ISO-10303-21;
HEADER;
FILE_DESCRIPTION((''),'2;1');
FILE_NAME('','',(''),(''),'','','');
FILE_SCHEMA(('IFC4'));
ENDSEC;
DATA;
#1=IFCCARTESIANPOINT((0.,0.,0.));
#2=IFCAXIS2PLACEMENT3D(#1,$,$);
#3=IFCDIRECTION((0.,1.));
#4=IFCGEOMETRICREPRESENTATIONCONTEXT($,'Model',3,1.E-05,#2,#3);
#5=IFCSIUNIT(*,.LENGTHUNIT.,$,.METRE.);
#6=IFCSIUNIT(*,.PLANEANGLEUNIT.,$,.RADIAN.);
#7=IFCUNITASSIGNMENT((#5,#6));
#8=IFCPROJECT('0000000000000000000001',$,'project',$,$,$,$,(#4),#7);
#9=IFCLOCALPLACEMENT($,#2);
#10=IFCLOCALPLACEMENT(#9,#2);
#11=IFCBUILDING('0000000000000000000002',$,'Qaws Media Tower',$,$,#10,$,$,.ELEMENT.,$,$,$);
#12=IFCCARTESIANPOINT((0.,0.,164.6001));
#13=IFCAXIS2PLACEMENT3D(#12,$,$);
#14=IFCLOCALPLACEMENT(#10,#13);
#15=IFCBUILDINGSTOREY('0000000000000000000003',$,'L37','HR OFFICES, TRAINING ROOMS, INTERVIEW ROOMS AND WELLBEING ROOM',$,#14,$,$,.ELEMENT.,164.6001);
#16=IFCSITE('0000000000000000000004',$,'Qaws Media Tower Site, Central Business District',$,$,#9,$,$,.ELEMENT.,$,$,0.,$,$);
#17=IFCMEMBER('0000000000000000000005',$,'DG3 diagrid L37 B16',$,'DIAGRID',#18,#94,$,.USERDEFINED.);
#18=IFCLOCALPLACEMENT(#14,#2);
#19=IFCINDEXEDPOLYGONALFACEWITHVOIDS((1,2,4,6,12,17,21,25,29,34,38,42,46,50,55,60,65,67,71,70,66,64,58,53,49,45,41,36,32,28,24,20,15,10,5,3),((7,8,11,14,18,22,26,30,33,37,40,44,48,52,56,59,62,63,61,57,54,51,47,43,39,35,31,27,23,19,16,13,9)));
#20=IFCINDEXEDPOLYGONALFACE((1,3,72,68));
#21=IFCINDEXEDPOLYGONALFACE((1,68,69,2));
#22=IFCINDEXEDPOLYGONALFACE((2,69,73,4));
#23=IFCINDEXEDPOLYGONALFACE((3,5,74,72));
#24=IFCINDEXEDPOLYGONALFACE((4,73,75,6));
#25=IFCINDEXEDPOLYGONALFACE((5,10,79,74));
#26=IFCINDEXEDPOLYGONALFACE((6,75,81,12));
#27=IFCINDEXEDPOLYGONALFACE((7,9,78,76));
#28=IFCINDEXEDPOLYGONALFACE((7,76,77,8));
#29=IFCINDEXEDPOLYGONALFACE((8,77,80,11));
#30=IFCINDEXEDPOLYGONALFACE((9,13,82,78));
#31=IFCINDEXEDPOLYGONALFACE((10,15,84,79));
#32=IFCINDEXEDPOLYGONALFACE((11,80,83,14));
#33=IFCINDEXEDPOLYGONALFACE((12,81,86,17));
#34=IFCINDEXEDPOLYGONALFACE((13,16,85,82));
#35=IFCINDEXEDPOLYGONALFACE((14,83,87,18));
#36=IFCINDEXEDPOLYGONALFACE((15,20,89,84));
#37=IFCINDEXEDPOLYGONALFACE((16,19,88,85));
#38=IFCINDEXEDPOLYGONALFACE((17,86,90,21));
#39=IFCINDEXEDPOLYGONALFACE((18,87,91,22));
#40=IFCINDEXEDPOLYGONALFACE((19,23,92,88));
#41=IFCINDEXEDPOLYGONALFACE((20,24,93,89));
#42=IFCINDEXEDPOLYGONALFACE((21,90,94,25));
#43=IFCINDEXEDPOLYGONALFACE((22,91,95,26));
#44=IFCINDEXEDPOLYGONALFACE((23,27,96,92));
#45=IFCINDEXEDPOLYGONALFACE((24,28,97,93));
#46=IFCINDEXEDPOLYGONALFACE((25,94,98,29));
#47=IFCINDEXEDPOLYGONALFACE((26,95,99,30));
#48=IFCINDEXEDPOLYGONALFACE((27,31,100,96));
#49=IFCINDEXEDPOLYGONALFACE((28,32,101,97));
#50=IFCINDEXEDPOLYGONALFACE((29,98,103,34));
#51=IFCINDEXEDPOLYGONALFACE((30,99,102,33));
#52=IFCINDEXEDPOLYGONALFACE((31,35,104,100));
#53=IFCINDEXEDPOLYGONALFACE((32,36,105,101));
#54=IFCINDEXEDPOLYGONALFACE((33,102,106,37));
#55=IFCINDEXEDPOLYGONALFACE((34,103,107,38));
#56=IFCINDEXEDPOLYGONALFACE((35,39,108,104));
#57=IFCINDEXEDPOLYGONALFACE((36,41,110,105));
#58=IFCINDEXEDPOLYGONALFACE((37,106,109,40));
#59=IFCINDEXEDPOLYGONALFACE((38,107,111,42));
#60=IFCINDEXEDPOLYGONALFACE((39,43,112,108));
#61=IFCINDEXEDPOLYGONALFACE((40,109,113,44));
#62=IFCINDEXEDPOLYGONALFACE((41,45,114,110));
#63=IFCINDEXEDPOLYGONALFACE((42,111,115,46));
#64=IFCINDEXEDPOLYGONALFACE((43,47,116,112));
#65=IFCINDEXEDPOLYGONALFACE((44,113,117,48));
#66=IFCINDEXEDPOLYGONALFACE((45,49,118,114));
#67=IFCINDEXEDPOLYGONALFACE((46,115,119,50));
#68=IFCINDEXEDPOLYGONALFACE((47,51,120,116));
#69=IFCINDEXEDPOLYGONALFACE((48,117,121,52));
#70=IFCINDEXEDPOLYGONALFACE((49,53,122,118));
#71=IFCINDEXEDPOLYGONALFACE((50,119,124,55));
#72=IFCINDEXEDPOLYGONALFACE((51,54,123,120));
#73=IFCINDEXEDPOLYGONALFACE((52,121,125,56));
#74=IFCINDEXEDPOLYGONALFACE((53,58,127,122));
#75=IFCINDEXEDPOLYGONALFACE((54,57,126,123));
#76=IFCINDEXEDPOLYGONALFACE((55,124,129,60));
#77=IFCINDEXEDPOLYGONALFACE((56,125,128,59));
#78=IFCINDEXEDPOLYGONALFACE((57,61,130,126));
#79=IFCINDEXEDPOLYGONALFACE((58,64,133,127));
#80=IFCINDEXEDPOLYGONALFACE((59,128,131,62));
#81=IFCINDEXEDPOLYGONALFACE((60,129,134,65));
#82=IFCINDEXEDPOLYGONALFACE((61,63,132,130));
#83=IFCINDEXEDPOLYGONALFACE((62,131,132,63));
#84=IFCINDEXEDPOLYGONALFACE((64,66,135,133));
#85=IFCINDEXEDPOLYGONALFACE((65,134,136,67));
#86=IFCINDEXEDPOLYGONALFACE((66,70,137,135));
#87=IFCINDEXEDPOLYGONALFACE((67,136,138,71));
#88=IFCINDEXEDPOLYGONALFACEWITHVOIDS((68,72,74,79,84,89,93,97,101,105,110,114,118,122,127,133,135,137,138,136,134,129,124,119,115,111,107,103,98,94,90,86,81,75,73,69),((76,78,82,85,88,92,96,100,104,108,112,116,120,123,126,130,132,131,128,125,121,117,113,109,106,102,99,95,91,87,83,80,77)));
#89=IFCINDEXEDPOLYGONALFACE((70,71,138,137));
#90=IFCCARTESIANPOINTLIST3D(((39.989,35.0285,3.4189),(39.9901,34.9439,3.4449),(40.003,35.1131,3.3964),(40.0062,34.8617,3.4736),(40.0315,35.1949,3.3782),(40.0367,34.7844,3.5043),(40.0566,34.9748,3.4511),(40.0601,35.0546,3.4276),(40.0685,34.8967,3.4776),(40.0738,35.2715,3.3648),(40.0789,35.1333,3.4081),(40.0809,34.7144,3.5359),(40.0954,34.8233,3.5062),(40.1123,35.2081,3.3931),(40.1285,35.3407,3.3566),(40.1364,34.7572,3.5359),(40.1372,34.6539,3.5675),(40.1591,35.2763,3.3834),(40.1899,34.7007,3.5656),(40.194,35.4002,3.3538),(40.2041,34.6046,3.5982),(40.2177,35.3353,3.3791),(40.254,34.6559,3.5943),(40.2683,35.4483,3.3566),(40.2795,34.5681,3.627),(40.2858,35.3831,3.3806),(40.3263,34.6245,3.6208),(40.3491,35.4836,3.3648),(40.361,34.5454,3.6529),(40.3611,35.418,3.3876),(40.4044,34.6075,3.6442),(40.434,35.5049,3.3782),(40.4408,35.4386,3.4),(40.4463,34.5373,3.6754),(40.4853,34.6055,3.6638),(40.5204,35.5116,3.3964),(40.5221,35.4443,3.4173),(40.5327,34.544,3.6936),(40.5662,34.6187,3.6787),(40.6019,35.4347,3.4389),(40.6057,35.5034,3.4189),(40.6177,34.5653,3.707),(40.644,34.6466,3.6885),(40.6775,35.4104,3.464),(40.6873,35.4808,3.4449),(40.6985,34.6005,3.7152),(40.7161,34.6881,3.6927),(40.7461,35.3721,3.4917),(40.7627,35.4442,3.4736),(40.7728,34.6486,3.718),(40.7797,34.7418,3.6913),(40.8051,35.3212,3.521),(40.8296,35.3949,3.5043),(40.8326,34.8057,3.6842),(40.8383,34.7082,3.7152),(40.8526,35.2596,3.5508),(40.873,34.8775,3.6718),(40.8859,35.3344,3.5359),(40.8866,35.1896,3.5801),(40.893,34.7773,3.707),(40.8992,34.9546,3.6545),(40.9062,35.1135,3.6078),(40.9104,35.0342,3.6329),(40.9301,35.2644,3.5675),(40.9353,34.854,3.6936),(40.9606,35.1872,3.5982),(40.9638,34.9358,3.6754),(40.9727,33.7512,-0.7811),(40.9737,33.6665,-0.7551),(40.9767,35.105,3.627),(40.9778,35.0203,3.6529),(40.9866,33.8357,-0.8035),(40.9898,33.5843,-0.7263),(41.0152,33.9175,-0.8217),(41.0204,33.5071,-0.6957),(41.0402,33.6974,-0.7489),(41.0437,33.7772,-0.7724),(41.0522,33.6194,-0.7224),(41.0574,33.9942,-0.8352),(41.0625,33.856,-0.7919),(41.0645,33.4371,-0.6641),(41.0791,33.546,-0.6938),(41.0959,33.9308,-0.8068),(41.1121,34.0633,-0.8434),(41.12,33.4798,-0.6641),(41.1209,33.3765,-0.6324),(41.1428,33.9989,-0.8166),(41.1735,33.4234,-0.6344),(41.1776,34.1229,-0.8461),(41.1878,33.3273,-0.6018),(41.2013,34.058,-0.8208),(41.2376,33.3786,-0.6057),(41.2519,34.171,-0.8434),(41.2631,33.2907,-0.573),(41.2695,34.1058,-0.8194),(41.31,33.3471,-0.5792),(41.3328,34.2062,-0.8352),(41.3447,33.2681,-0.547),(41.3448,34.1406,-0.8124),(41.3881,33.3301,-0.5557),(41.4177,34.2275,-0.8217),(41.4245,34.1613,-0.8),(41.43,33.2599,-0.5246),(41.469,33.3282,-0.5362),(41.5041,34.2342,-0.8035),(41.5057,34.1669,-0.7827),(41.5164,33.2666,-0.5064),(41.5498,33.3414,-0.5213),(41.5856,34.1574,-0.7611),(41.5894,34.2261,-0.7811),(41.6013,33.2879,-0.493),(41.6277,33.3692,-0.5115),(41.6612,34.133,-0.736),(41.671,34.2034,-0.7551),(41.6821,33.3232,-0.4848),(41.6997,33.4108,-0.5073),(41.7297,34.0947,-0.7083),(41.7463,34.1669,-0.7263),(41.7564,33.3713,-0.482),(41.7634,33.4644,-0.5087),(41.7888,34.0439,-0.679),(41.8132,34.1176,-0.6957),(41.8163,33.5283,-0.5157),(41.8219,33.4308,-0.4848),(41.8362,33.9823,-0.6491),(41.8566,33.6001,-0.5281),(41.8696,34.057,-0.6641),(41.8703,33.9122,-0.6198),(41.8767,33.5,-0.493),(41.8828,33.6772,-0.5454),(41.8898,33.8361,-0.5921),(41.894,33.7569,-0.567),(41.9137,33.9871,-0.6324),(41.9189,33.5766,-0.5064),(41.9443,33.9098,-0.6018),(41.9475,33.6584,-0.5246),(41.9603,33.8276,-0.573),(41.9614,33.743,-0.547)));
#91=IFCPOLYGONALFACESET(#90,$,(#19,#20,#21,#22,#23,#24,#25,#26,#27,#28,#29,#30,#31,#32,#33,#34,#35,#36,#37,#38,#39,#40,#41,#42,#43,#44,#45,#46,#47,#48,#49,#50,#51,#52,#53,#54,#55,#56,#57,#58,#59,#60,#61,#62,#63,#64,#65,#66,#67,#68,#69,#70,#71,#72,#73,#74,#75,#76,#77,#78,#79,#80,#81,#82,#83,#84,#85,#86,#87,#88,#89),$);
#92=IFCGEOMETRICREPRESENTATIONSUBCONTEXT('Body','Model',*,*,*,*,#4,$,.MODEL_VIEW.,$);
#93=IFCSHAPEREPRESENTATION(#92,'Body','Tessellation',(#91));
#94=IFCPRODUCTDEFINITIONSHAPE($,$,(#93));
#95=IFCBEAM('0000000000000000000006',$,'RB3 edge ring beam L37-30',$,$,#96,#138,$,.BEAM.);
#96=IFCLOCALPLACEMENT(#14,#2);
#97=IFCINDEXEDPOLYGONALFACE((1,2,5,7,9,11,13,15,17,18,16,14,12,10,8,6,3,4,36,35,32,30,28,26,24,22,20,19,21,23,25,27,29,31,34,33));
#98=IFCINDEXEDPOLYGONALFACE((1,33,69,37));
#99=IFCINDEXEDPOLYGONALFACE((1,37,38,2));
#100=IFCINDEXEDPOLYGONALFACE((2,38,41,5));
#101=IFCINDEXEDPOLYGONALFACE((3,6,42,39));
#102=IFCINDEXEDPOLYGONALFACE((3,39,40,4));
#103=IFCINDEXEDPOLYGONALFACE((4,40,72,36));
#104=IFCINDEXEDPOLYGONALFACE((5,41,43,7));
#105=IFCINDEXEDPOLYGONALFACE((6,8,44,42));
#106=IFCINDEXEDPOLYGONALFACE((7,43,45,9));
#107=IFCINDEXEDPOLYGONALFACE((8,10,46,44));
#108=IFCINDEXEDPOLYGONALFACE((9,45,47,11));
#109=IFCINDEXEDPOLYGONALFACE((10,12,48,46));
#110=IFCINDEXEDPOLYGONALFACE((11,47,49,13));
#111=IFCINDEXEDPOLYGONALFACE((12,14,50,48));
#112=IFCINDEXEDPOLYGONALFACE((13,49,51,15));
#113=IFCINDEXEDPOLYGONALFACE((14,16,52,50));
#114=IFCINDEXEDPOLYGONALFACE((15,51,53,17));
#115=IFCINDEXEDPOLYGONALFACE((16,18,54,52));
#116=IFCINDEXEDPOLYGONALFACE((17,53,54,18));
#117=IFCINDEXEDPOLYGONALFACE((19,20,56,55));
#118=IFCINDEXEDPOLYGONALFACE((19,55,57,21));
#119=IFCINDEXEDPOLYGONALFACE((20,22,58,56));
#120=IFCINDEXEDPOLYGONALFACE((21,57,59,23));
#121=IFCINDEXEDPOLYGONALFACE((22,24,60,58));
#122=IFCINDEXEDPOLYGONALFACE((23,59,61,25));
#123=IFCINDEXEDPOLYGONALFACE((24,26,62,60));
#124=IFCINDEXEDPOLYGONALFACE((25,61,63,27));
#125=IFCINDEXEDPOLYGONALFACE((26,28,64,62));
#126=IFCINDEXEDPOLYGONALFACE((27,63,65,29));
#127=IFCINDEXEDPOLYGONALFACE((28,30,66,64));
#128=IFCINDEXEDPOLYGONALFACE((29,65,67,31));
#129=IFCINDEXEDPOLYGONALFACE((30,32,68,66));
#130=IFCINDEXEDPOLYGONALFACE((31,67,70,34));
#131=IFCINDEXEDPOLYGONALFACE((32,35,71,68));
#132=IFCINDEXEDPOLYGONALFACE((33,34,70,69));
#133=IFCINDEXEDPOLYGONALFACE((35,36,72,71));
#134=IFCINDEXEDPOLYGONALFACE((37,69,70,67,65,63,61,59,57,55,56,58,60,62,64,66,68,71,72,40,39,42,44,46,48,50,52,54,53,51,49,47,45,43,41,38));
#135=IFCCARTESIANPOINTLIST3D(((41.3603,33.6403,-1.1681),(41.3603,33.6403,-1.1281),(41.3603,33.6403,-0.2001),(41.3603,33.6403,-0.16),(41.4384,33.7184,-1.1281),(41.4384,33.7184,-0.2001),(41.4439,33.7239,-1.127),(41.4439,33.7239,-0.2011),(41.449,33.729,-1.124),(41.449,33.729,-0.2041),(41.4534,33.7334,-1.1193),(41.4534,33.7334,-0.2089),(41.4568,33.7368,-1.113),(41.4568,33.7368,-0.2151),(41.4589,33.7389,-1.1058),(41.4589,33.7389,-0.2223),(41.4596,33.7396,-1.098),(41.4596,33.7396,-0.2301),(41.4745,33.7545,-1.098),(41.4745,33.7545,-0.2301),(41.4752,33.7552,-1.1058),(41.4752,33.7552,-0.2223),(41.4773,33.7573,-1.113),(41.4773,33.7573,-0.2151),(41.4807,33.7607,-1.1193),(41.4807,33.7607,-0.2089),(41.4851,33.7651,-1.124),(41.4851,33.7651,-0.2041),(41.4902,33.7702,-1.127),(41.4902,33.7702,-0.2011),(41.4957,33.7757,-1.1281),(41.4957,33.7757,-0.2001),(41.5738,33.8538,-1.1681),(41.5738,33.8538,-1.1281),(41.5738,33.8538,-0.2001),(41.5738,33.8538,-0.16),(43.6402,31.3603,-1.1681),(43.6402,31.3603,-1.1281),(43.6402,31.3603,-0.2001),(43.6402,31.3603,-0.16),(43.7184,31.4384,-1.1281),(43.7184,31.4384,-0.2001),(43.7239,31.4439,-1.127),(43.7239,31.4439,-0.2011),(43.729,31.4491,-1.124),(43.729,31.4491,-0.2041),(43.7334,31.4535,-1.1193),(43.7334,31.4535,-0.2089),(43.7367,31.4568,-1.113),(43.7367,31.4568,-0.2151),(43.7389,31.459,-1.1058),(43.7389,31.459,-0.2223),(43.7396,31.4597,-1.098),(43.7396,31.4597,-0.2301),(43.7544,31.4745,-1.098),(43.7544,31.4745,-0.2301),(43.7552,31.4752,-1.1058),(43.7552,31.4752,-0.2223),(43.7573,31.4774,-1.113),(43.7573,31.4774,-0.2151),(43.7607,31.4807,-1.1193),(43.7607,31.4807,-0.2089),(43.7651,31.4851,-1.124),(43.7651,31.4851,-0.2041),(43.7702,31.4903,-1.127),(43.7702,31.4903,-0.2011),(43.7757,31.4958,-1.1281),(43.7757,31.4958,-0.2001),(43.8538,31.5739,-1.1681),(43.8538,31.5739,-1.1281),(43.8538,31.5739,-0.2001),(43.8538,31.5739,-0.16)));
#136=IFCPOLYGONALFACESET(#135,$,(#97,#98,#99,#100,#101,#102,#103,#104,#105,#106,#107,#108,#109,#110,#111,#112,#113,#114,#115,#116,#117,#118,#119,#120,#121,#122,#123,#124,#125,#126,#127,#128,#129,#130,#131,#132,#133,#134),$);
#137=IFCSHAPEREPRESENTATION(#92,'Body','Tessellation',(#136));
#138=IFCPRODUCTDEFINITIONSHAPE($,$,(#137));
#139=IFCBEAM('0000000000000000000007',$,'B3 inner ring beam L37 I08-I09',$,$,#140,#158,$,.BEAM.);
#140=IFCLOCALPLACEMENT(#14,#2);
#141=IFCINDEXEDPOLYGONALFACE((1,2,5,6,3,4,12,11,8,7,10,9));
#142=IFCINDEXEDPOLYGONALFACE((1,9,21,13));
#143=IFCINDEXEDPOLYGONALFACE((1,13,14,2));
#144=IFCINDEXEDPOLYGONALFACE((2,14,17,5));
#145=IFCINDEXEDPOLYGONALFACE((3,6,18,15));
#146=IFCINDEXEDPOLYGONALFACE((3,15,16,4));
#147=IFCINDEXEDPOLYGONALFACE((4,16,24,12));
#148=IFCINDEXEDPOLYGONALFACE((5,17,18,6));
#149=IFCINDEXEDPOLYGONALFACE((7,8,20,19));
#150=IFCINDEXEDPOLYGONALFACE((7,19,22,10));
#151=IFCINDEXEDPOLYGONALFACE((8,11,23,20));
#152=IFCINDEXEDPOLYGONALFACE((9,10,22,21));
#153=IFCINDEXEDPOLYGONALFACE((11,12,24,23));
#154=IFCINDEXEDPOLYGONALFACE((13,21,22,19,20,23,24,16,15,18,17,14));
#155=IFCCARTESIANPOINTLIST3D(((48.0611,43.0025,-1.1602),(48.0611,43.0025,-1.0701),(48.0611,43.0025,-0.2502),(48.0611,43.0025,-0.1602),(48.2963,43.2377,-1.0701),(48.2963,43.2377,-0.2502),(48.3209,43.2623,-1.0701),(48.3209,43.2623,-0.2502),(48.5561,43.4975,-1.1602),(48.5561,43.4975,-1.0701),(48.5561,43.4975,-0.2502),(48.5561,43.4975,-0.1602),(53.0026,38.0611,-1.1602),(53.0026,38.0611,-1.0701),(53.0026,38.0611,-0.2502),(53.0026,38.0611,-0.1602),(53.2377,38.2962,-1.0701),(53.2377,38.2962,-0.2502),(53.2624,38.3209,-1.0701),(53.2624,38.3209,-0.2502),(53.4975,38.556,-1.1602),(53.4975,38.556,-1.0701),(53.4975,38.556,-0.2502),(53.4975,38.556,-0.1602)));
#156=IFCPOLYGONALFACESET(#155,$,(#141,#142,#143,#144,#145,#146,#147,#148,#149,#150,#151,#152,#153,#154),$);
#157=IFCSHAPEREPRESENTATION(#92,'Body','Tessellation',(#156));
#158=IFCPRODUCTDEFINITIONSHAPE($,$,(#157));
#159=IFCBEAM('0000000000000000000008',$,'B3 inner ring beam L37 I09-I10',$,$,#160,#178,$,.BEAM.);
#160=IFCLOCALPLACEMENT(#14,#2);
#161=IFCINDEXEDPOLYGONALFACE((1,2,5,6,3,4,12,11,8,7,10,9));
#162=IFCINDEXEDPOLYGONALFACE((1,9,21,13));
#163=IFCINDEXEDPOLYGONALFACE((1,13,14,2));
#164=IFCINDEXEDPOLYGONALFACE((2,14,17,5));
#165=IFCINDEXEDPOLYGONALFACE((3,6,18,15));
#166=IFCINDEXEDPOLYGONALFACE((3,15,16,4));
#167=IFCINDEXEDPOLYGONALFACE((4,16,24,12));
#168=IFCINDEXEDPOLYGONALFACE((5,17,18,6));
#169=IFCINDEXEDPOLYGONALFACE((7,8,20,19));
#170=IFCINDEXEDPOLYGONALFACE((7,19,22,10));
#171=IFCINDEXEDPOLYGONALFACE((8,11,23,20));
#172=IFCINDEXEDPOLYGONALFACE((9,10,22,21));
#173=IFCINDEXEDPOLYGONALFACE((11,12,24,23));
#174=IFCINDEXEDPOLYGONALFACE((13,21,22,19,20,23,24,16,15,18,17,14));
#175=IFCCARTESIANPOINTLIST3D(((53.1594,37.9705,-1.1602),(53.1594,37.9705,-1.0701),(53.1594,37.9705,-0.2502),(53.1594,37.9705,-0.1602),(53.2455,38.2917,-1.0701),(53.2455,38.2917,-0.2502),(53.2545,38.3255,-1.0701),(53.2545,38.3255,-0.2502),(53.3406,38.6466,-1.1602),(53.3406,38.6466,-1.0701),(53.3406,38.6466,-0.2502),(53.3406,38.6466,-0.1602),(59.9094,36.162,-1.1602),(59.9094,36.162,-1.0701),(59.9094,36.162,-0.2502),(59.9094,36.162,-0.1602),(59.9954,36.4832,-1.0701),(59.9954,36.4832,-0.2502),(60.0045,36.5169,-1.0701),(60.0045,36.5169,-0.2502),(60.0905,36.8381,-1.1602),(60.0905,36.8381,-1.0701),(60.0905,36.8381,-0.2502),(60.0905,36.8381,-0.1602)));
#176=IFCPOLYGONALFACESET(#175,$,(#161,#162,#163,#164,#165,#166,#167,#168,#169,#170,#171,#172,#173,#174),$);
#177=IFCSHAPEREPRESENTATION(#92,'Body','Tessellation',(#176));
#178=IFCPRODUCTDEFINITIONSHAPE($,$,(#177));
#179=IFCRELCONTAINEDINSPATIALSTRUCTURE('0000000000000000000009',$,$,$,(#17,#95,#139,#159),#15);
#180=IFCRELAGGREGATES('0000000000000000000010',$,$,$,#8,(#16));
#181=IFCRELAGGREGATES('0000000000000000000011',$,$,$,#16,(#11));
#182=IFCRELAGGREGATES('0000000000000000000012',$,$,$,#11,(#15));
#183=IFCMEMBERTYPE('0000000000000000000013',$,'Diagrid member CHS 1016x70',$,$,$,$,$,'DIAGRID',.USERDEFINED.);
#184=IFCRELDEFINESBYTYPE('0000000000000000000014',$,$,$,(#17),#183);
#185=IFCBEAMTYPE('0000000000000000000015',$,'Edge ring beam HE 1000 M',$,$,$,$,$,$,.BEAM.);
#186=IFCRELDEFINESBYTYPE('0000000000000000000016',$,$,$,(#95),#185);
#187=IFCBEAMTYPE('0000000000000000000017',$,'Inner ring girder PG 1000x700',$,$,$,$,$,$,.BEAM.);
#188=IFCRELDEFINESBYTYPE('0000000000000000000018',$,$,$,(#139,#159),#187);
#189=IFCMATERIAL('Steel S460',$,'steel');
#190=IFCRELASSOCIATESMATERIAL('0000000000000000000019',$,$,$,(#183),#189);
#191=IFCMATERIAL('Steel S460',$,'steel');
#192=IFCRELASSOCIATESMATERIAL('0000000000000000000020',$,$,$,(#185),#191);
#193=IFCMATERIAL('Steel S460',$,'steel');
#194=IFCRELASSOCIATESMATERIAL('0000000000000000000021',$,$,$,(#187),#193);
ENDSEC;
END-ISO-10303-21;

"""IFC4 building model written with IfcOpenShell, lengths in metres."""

from ifc_helpers import new_model, si_unit, direction, frame, origin, origin_2d, place, context, subcontext, project, spatial, hollow_circle, i_section, extrude, material, material_profile, profile_set, type_object, element, save


model = new_model("IFC4")

# Units and contexts
model_context = context("Model", 3, precision=1e-05, world=origin(), true_north=direction((0.0, 1.0)))
body_context = subcontext(model_context, "Body", "Model", "MODEL_VIEW")
ifc_project = project(units=[si_unit("LENGTHUNIT", "METRE"), si_unit("PLANEANGLEUNIT", "RADIAN")], contexts=[model_context])

# Site, building, storey
site_placement = place(None, origin())
site = spatial("IfcSite", under=ifc_project, at=site_placement, Name="Qaws Media Tower Site, Central Business District", CompositionType="ELEMENT", RefElevation=0.0)
building_placement = place(site_placement, origin())
building = spatial("IfcBuilding", under=site, at=building_placement, Name="Qaws Media Tower", CompositionType="ELEMENT")
storey_placement = place(building_placement, frame((0.0, 0.0, 164.6001)))
storey = spatial("IfcBuildingStorey", under=building, at=storey_placement, Name="L37", Description="HR OFFICES, TRAINING ROOMS, INTERVIEW ROOMS AND WELLBEING ROOM", CompositionType="ELEMENT", Elevation=164.6001)

# Member
ifc_material_1 = material(Name="Steel S460", Category="steel")
ifc_material_profile_1 = material_profile(ifc_material_1, hollow_circle(Radius=0.5081, WallThickness=0.0701, at=origin_2d()), Name="CHS 1016x70")
ifc_profile_set_1 = profile_set([ifc_material_profile_1], Name="Steel S460")
member_type_1 = type_object("IfcMemberType", Name="Diagrid member CHS 1016x70", ElementType="DIAGRID", PredefinedType="USERDEFINED", material=ifc_profile_set_1)
member_1_placement = place(storey_placement, frame((41.467, 33.7471, -0.6641), z_axis=(-0.218648, 0.283933, 0.933582), x_axis=(-0.792303, -0.610128, 0.0)))
element("IfcMember", 1, at=member_1_placement, inside=storey, type_object=member_type_1, Name="DG3 diagrid L37 B16", ObjectType="DIAGRID", PredefinedType="USERDEFINED", context=body_context, shape_type="SweptSolid", body=[
    extrude(hollow_circle(Radius=0.5081, WallThickness=0.0701, at=origin_2d()), origin(), (0.0, 0.0, 1.0), 4.4988),
])

# Beams
ifc_material_2 = material(Name="Steel S460", Category="steel")
ifc_material_profile_2 = material_profile(ifc_material_2, i_section(OverallWidth=0.302, OverallDepth=1.0081, WebThickness=0.021, FlangeThickness=0.04, FilletRadius=0.03, at=origin_2d()), Name="HE 1000 M")
ifc_profile_set_2 = profile_set([ifc_material_profile_2], Name="Steel S460")
beam_type_1 = type_object("IfcBeamType", Name="Edge ring beam HE 1000 M", PredefinedType="BEAM", material=ifc_profile_set_2)
beam_1_placement = place(storey_placement, frame((41.467, 33.7471, -0.6641), z_axis=(0.707107, -0.707107, 0.0), x_axis=(0.707107, 0.707107, 0.0)))
element("IfcBeam", 2, at=beam_1_placement, inside=storey, type_object=beam_type_1, Name="RB3 edge ring beam L37-30", PredefinedType="BEAM", context=body_context, shape_type="SweptSolid", body=[
    extrude(i_section(OverallWidth=0.302, OverallDepth=1.0081, WebThickness=0.021, FlangeThickness=0.04, FilletRadius=0.03, at=origin_2d()), origin(), (0.0, 0.0, 1.0), 3.2244),
])
ifc_material_3 = material(Name="Steel S460", Category="steel")
ifc_material_profile_3 = material_profile(ifc_material_3, i_section(OverallWidth=0.7, OverallDepth=1.0, WebThickness=0.0349, FlangeThickness=0.0901, at=origin_2d()), Name="PG 1000x700")
ifc_profile_set_3 = profile_set([ifc_material_profile_3], Name="Steel S460")
beam_type_2 = type_object("IfcBeamType", Name="Inner ring girder PG 1000x700", PredefinedType="BEAM", material=ifc_profile_set_3)
beam_2_placement = place(storey_placement, frame((48.3086, 43.25, -0.6602), z_axis=(0.707107, -0.707107, 0.0), x_axis=(0.707107, 0.707107, 0.0)))
element("IfcBeam", 3, at=beam_2_placement, inside=storey, type_object=beam_type_2, Name="B3 inner ring beam L37 I08-I09", PredefinedType="BEAM", context=body_context, shape_type="SweptSolid", body=[
    extrude(i_section(OverallWidth=0.7, OverallDepth=1.0, WebThickness=0.0349, FlangeThickness=0.0901, at=origin_2d()), origin(), (0.0, 0.0, 1.0), 6.9883),
])
beam_3_placement = place(storey_placement, frame((53.25, 38.3086, -0.6602), z_axis=(0.965928, -0.258811, 0.0), x_axis=(0.258811, 0.965928, 0.0)))
element("IfcBeam", 4, at=beam_3_placement, inside=storey, type_object=beam_type_2, Name="B3 inner ring beam L37 I09-I10", PredefinedType="BEAM", context=body_context, shape_type="SweptSolid", body=[
    extrude(i_section(OverallWidth=0.7, OverallDepth=1.0, WebThickness=0.0349, FlangeThickness=0.0901, at=origin_2d()), origin(), (0.0, 0.0, 1.0), 6.988),
])

save(model, "model.ifc")
